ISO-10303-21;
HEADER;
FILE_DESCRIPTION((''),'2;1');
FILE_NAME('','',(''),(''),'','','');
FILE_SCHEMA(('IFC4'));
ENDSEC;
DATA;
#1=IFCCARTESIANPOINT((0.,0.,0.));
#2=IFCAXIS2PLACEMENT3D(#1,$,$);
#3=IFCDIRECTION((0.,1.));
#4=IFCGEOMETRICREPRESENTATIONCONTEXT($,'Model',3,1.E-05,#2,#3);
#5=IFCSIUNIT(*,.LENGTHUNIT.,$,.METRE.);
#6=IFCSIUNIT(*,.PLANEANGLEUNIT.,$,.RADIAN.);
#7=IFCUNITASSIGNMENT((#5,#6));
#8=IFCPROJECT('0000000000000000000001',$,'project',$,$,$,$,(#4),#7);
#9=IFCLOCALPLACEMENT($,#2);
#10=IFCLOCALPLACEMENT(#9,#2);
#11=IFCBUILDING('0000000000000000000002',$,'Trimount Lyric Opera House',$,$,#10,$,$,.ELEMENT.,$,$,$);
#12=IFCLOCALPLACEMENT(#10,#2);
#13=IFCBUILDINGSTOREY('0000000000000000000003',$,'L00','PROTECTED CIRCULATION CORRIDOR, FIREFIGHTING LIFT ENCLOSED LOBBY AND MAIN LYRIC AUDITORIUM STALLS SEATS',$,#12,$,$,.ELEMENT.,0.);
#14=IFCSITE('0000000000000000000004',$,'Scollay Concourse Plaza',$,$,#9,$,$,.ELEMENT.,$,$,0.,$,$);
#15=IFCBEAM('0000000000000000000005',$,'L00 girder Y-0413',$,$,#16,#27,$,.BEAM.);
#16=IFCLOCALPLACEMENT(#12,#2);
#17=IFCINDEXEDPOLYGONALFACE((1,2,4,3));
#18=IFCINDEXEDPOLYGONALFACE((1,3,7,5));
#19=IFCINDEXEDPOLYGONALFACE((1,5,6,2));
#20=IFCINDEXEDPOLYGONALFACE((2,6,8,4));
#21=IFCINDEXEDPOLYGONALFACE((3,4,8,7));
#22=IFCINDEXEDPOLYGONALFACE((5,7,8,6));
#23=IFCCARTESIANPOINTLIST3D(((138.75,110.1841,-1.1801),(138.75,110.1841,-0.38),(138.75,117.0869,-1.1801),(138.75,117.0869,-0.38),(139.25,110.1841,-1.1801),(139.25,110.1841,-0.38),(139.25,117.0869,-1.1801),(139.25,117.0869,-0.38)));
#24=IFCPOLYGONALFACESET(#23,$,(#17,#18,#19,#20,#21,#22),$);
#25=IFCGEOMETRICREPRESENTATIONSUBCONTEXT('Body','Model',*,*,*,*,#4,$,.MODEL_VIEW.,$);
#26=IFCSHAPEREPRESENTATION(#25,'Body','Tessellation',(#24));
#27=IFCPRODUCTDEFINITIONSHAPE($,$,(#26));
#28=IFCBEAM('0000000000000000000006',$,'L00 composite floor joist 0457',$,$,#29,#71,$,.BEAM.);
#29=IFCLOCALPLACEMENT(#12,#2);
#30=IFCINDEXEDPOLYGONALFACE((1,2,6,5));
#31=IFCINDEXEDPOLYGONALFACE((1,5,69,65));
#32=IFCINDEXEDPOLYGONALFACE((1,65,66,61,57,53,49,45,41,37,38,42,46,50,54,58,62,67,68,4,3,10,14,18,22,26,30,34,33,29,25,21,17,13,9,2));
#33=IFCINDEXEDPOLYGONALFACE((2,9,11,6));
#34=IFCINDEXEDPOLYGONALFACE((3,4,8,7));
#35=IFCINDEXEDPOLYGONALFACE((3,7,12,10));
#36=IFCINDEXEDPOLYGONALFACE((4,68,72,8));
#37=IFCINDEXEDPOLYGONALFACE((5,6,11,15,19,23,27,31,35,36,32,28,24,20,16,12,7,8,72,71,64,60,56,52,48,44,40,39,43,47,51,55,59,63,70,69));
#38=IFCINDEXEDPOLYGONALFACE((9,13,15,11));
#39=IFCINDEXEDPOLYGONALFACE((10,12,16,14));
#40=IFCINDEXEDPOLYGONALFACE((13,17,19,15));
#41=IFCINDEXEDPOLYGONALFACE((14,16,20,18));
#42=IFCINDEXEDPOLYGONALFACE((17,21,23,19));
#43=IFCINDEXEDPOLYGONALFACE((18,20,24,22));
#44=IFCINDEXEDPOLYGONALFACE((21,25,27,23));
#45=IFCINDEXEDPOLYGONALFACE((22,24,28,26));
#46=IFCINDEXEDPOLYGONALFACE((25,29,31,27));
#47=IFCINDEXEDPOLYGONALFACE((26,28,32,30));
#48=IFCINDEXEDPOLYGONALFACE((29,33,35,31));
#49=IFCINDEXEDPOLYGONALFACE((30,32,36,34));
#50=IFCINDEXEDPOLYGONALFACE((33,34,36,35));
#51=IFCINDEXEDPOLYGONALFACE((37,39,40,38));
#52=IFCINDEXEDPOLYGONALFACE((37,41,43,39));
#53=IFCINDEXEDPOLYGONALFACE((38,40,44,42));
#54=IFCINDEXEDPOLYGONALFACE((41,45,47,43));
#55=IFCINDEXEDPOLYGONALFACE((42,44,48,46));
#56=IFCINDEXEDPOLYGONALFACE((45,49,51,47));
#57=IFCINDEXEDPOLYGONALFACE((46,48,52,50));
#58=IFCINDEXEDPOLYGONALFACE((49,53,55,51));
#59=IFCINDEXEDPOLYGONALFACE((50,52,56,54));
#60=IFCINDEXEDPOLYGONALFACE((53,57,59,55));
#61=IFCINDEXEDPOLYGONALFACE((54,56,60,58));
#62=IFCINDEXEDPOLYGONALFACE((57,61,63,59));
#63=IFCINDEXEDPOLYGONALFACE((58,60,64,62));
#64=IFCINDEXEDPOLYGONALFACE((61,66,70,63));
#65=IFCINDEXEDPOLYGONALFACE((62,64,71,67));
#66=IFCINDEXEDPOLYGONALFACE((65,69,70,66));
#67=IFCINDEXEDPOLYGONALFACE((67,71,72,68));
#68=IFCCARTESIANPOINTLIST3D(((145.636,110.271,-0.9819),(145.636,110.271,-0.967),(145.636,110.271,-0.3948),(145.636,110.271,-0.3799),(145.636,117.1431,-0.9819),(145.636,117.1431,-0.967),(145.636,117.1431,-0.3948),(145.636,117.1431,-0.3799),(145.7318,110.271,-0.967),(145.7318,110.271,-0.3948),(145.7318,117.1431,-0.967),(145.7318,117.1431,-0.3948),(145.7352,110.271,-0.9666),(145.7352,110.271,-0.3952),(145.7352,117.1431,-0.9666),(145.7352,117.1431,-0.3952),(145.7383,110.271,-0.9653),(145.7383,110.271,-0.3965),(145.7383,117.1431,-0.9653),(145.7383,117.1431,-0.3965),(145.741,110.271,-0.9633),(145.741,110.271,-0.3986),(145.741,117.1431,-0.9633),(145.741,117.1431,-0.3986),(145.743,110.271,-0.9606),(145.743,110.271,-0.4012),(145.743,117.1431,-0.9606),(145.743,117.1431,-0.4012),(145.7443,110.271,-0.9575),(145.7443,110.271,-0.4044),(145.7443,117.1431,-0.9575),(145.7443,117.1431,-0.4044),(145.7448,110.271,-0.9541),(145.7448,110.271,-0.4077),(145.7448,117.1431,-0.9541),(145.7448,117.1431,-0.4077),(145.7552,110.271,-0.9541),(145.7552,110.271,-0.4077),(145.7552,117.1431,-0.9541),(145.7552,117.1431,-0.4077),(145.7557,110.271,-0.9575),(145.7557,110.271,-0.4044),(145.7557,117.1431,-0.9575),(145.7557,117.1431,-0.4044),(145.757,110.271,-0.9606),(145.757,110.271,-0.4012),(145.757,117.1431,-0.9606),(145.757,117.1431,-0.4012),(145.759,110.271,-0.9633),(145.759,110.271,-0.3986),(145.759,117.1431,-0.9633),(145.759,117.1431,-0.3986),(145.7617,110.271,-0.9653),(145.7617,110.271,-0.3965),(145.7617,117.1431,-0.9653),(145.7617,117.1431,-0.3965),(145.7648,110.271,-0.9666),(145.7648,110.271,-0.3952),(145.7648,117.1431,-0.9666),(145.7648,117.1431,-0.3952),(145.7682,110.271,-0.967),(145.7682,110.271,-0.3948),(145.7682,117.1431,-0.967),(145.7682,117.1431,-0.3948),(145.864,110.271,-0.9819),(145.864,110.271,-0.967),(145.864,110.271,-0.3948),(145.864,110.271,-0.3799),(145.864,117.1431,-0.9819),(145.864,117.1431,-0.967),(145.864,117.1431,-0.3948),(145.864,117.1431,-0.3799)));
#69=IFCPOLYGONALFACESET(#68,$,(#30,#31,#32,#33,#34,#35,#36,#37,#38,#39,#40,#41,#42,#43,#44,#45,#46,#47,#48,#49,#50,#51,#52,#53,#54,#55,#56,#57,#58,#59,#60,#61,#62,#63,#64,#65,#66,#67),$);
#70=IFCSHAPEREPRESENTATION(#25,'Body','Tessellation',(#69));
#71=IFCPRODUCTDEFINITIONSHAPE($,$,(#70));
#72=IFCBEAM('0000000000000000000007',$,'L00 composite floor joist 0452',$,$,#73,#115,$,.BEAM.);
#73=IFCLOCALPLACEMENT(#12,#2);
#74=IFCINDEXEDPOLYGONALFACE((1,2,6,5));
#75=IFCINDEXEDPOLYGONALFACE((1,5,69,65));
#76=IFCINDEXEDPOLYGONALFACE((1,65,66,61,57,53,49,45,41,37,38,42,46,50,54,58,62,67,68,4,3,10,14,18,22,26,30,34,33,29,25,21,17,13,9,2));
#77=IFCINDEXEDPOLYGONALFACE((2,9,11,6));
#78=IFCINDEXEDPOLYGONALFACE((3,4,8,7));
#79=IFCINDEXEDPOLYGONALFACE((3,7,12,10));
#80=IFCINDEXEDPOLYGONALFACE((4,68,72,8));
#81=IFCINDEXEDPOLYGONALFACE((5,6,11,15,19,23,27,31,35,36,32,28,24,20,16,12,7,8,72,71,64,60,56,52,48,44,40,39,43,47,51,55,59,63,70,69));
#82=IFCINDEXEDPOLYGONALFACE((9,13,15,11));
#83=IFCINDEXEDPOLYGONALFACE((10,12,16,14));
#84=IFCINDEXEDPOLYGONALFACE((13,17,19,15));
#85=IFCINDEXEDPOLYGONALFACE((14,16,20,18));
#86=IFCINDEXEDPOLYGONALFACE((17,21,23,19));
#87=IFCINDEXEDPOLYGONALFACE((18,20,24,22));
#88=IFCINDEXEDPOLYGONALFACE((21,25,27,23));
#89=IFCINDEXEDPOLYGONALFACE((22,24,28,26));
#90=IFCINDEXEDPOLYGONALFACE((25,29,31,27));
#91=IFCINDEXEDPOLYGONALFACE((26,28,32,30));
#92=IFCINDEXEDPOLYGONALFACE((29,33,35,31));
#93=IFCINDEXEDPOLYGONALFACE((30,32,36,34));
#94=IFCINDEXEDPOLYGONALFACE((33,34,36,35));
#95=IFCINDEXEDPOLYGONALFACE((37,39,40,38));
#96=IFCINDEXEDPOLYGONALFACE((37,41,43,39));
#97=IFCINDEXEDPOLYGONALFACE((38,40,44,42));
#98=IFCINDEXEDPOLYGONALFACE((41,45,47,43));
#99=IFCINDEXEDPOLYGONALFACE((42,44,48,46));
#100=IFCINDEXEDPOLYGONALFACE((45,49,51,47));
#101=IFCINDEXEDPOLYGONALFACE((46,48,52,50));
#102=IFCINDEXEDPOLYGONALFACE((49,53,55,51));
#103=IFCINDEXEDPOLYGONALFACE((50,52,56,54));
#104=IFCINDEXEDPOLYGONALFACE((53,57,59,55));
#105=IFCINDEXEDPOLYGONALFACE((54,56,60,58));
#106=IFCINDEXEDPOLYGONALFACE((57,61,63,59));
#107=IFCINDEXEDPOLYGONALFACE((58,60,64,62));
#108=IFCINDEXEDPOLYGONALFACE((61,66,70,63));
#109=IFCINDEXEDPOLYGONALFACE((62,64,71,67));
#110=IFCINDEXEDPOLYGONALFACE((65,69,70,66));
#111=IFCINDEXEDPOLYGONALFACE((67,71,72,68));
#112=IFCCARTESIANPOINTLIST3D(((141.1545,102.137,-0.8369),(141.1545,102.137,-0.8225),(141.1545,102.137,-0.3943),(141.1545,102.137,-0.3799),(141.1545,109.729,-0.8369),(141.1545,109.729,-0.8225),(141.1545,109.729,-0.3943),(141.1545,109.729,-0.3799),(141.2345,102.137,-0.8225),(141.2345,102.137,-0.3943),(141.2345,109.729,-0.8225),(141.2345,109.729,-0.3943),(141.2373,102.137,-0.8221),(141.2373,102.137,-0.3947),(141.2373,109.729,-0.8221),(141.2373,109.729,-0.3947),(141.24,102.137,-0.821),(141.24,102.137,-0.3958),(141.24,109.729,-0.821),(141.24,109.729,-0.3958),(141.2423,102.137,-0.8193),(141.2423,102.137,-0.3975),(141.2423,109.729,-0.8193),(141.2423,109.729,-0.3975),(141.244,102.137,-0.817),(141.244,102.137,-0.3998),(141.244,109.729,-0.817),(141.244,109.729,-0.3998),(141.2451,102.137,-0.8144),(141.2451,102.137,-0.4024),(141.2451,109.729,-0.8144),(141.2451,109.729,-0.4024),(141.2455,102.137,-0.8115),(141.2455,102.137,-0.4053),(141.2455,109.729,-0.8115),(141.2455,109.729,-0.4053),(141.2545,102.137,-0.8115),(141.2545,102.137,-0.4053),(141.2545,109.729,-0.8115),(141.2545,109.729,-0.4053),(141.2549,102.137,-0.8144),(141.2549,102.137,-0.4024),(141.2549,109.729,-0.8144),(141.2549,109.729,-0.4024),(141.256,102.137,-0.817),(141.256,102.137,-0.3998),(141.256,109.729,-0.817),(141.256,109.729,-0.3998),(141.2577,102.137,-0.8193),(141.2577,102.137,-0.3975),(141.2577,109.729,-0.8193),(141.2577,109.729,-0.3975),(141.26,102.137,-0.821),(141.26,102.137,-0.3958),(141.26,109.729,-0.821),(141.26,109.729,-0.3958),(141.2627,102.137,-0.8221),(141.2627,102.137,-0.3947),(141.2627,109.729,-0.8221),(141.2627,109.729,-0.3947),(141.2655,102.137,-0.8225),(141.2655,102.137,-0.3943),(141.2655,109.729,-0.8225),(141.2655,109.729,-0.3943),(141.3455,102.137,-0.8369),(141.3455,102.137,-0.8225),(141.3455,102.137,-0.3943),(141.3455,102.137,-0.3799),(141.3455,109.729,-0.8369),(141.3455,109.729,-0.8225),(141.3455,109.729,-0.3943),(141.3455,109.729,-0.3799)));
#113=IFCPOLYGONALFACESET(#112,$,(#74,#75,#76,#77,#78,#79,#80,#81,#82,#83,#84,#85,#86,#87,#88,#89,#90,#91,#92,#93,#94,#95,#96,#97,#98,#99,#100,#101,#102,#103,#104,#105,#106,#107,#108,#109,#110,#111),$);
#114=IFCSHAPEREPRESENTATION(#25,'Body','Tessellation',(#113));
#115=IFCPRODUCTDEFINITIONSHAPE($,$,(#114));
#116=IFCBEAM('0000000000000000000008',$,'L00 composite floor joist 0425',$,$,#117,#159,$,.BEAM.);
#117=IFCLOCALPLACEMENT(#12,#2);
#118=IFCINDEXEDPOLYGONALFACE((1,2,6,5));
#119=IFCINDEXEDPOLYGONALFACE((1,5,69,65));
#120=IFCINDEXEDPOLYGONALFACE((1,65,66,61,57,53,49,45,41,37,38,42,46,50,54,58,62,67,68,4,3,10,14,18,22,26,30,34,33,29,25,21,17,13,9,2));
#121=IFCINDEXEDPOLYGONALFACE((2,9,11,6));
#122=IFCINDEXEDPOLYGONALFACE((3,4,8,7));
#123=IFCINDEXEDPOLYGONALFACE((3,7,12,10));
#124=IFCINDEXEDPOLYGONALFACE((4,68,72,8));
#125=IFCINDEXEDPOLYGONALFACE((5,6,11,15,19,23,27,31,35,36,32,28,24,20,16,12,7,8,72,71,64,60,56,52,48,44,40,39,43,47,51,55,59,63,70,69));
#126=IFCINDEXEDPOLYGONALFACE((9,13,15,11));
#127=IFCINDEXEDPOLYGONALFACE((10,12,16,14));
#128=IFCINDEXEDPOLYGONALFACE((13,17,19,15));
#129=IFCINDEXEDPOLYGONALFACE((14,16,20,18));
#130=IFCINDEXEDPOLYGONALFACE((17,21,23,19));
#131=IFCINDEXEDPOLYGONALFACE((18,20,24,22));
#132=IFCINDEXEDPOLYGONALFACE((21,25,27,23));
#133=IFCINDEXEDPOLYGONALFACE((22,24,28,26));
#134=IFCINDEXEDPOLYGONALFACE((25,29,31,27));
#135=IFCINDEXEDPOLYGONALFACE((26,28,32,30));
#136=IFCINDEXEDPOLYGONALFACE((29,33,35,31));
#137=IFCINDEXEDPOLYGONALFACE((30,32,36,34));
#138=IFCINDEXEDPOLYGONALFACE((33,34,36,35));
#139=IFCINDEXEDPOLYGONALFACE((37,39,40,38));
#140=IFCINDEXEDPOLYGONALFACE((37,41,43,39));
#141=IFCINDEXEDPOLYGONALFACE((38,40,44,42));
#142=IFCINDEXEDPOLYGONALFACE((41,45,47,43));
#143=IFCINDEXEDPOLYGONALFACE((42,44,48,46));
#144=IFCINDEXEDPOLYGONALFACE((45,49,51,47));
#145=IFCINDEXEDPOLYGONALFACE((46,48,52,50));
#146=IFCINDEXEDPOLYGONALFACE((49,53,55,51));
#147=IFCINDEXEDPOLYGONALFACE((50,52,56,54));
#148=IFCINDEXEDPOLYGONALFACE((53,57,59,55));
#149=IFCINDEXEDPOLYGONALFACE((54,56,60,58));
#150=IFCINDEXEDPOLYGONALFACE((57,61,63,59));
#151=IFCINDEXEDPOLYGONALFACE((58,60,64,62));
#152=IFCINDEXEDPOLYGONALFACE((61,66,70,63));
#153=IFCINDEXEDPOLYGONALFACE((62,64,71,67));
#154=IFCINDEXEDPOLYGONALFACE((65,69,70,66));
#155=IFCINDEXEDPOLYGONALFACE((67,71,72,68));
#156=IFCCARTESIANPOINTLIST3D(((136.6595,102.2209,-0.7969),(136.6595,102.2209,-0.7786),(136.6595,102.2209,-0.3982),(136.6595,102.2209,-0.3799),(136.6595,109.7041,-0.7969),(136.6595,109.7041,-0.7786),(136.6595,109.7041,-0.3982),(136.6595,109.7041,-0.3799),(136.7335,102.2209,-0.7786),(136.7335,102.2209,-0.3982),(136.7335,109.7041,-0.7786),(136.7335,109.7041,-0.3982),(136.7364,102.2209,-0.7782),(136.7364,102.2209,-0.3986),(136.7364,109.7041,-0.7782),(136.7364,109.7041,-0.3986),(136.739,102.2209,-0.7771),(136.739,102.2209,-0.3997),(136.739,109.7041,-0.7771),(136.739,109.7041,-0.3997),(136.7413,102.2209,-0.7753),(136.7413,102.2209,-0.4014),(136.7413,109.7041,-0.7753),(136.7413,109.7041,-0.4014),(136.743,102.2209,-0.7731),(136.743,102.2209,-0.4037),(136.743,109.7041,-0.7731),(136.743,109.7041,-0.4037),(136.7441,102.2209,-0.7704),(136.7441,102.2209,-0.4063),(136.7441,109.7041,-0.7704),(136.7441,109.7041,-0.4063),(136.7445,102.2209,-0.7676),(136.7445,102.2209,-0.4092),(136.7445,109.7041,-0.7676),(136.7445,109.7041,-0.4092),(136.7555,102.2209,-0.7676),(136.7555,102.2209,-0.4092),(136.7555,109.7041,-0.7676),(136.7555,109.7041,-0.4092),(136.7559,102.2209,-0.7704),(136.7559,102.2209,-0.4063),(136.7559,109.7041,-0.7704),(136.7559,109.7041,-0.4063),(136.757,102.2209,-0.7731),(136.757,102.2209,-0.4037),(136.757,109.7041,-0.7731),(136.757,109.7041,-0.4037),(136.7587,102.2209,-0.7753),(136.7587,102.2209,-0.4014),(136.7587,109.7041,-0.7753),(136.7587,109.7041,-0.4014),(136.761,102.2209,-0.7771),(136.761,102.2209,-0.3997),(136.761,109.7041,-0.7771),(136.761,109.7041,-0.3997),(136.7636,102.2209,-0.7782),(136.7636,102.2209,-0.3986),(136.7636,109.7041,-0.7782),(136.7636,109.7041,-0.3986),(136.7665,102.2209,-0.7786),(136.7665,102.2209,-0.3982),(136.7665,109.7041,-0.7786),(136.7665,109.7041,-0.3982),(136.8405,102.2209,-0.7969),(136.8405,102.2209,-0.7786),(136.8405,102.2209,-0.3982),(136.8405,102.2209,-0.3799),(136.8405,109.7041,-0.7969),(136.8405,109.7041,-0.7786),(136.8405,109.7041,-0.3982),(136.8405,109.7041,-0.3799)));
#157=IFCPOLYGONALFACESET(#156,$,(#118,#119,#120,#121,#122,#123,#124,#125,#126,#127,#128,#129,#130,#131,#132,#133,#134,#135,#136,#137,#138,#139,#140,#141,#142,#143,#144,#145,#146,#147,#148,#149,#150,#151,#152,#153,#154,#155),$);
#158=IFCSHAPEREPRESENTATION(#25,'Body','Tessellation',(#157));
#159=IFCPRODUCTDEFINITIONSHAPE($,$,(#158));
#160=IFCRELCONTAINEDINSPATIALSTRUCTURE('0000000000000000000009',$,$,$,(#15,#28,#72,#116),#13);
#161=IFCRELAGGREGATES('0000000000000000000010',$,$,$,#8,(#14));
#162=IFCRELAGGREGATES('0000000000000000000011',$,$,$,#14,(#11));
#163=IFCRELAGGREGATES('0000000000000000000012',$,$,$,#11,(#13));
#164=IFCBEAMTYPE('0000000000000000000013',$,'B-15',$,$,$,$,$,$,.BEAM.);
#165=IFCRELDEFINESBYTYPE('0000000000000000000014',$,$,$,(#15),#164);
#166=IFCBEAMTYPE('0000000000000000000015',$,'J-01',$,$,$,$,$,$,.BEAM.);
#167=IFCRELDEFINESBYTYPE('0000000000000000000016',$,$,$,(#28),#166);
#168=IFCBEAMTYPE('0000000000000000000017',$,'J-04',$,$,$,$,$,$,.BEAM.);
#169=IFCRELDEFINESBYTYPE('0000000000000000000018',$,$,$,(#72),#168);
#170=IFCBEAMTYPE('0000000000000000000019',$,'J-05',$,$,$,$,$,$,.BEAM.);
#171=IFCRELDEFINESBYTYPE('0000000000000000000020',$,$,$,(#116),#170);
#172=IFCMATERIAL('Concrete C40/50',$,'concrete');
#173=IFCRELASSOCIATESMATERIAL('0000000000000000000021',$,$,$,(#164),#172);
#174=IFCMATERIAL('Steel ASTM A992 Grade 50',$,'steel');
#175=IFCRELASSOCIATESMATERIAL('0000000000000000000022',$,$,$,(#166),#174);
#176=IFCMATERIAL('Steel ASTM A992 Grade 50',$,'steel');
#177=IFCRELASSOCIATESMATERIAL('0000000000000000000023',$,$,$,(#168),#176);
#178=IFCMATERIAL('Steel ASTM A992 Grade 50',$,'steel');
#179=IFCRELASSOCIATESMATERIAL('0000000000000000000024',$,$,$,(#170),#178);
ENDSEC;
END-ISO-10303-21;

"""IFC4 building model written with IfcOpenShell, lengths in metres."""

from ifc_helpers import new_model, si_unit, direction, frame, origin, origin_2d, place, context, subcontext, project, spatial, rectangle, i_section, extrude, material, material_profile, profile_set, type_object, element, save


model = new_model("IFC4")

# Units and contexts
model_context = context("Model", 3, precision=1e-05, world=origin(), true_north=direction((0.0, 1.0)))
body_context = subcontext(model_context, "Body", "Model", "MODEL_VIEW")
ifc_project = project(units=[si_unit("LENGTHUNIT", "METRE"), si_unit("PLANEANGLEUNIT", "RADIAN")], contexts=[model_context])

# Site, building, storey
site_placement = place(None, origin())
site = spatial("IfcSite", under=ifc_project, at=site_placement, Name="Scollay Concourse Plaza", CompositionType="ELEMENT", RefElevation=0.0)
building_placement = place(site_placement, origin())
building = spatial("IfcBuilding", under=site, at=building_placement, Name="Trimount Lyric Opera House", CompositionType="ELEMENT")
storey_placement = place(building_placement, origin())
storey = spatial("IfcBuildingStorey", under=building, at=storey_placement, Name="L00", Description="PROTECTED CIRCULATION CORRIDOR, FIREFIGHTING LIFT ENCLOSED LOBBY AND MAIN LYRIC AUDITORIUM STALLS SEATS", CompositionType="ELEMENT", Elevation=0.0)

# Beams
ifc_material_1 = material(Name="Concrete C40/50", Category="concrete")
ifc_material_profile_1 = material_profile(ifc_material_1, rectangle(XDim=0.5, YDim=0.8, at=origin_2d()), Name="RC500X800")
ifc_profile_set_1 = profile_set([ifc_material_profile_1], Name="Concrete C40/50")
beam_type_1 = type_object("IfcBeamType", Name="B-15", PredefinedType="BEAM", material=ifc_profile_set_1)
beam_1_placement = place(storey_placement, frame((139.0, 110.1841, -0.78), z_axis=(0.0, 1.0, 0.0), x_axis=(-1.0, 0.0, 0.0)))
element("IfcBeam", 1, at=beam_1_placement, inside=storey, type_object=beam_type_1, Name="L00 girder Y-0413", PredefinedType="BEAM", context=body_context, shape_type="SweptSolid", body=[
    extrude(rectangle(XDim=0.5, YDim=0.8, at=origin_2d()), origin(), (0.0, 0.0, 1.0), 6.9028),
])
ifc_material_2 = material(Name="Steel ASTM A992 Grade 50", Category="steel")
ifc_material_profile_2 = material_profile(ifc_material_2, i_section(OverallWidth=0.228, OverallDepth=0.6021, WebThickness=0.0105, FlangeThickness=0.0149, FilletRadius=0.0129, at=origin_2d()), Name="W24X68")
ifc_profile_set_2 = profile_set([ifc_material_profile_2], Name="Steel ASTM A992 Grade 50")
beam_type_2 = type_object("IfcBeamType", Name="J-01", PredefinedType="BEAM", material=ifc_profile_set_2)
beam_2_placement = place(storey_placement, frame((145.75, 110.271, -0.6809), z_axis=(0.0, 1.0, 0.0), x_axis=(-1.0, 0.0, 0.0)))
element("IfcBeam", 2, at=beam_2_placement, inside=storey, type_object=beam_type_2, Name="L00 composite floor joist 0457", PredefinedType="BEAM", context=body_context, shape_type="SweptSolid", body=[
    extrude(i_section(OverallWidth=0.228, OverallDepth=0.6021, WebThickness=0.0105, FlangeThickness=0.0149, FilletRadius=0.0129, at=origin_2d()), origin(), (0.0, 0.0, 1.0), 6.8721),
])
ifc_material_3 = material(Name="Steel ASTM A992 Grade 50", Category="steel")
ifc_material_profile_3 = material_profile(ifc_material_3, i_section(OverallWidth=0.1909, OverallDepth=0.457, WebThickness=0.009, FlangeThickness=0.0144, FilletRadius=0.011, at=origin_2d()), Name="W18X50")
ifc_profile_set_3 = profile_set([ifc_material_profile_3], Name="Steel ASTM A992 Grade 50")
beam_type_3 = type_object("IfcBeamType", Name="J-04", PredefinedType="BEAM", material=ifc_profile_set_3)
beam_3_placement = place(storey_placement, frame((141.25, 102.137, -0.6084), z_axis=(0.0, 1.0, 0.0), x_axis=(-1.0, 0.0, 0.0)))
element("IfcBeam", 3, at=beam_3_placement, inside=storey, type_object=beam_type_3, Name="L00 composite floor joist 0452", PredefinedType="BEAM", context=body_context, shape_type="SweptSolid", body=[
    extrude(i_section(OverallWidth=0.1909, OverallDepth=0.457, WebThickness=0.009, FlangeThickness=0.0144, FilletRadius=0.011, at=origin_2d()), origin(), (0.0, 0.0, 1.0), 7.592),
])
ifc_material_4 = material(Name="Steel ASTM A992 Grade 50", Category="steel")
ifc_material_profile_4 = material_profile(ifc_material_4, i_section(OverallWidth=0.1809, OverallDepth=0.417, WebThickness=0.011, FlangeThickness=0.0183, FilletRadius=0.011, at=origin_2d()), Name="W16X57")
ifc_profile_set_4 = profile_set([ifc_material_profile_4], Name="Steel ASTM A992 Grade 50")
beam_type_4 = type_object("IfcBeamType", Name="J-05", PredefinedType="BEAM", material=ifc_profile_set_4)
beam_4_placement = place(storey_placement, frame((136.75, 102.2209, -0.5884), z_axis=(0.0, 1.0, 0.0), x_axis=(-1.0, 0.0, 0.0)))
element("IfcBeam", 4, at=beam_4_placement, inside=storey, type_object=beam_type_4, Name="L00 composite floor joist 0425", PredefinedType="BEAM", context=body_context, shape_type="SweptSolid", body=[
    extrude(i_section(OverallWidth=0.1809, OverallDepth=0.417, WebThickness=0.011, FlangeThickness=0.0183, FilletRadius=0.011, at=origin_2d()), origin(), (0.0, 0.0, 1.0), 7.4832),
])

save(model, "model.ifc")
